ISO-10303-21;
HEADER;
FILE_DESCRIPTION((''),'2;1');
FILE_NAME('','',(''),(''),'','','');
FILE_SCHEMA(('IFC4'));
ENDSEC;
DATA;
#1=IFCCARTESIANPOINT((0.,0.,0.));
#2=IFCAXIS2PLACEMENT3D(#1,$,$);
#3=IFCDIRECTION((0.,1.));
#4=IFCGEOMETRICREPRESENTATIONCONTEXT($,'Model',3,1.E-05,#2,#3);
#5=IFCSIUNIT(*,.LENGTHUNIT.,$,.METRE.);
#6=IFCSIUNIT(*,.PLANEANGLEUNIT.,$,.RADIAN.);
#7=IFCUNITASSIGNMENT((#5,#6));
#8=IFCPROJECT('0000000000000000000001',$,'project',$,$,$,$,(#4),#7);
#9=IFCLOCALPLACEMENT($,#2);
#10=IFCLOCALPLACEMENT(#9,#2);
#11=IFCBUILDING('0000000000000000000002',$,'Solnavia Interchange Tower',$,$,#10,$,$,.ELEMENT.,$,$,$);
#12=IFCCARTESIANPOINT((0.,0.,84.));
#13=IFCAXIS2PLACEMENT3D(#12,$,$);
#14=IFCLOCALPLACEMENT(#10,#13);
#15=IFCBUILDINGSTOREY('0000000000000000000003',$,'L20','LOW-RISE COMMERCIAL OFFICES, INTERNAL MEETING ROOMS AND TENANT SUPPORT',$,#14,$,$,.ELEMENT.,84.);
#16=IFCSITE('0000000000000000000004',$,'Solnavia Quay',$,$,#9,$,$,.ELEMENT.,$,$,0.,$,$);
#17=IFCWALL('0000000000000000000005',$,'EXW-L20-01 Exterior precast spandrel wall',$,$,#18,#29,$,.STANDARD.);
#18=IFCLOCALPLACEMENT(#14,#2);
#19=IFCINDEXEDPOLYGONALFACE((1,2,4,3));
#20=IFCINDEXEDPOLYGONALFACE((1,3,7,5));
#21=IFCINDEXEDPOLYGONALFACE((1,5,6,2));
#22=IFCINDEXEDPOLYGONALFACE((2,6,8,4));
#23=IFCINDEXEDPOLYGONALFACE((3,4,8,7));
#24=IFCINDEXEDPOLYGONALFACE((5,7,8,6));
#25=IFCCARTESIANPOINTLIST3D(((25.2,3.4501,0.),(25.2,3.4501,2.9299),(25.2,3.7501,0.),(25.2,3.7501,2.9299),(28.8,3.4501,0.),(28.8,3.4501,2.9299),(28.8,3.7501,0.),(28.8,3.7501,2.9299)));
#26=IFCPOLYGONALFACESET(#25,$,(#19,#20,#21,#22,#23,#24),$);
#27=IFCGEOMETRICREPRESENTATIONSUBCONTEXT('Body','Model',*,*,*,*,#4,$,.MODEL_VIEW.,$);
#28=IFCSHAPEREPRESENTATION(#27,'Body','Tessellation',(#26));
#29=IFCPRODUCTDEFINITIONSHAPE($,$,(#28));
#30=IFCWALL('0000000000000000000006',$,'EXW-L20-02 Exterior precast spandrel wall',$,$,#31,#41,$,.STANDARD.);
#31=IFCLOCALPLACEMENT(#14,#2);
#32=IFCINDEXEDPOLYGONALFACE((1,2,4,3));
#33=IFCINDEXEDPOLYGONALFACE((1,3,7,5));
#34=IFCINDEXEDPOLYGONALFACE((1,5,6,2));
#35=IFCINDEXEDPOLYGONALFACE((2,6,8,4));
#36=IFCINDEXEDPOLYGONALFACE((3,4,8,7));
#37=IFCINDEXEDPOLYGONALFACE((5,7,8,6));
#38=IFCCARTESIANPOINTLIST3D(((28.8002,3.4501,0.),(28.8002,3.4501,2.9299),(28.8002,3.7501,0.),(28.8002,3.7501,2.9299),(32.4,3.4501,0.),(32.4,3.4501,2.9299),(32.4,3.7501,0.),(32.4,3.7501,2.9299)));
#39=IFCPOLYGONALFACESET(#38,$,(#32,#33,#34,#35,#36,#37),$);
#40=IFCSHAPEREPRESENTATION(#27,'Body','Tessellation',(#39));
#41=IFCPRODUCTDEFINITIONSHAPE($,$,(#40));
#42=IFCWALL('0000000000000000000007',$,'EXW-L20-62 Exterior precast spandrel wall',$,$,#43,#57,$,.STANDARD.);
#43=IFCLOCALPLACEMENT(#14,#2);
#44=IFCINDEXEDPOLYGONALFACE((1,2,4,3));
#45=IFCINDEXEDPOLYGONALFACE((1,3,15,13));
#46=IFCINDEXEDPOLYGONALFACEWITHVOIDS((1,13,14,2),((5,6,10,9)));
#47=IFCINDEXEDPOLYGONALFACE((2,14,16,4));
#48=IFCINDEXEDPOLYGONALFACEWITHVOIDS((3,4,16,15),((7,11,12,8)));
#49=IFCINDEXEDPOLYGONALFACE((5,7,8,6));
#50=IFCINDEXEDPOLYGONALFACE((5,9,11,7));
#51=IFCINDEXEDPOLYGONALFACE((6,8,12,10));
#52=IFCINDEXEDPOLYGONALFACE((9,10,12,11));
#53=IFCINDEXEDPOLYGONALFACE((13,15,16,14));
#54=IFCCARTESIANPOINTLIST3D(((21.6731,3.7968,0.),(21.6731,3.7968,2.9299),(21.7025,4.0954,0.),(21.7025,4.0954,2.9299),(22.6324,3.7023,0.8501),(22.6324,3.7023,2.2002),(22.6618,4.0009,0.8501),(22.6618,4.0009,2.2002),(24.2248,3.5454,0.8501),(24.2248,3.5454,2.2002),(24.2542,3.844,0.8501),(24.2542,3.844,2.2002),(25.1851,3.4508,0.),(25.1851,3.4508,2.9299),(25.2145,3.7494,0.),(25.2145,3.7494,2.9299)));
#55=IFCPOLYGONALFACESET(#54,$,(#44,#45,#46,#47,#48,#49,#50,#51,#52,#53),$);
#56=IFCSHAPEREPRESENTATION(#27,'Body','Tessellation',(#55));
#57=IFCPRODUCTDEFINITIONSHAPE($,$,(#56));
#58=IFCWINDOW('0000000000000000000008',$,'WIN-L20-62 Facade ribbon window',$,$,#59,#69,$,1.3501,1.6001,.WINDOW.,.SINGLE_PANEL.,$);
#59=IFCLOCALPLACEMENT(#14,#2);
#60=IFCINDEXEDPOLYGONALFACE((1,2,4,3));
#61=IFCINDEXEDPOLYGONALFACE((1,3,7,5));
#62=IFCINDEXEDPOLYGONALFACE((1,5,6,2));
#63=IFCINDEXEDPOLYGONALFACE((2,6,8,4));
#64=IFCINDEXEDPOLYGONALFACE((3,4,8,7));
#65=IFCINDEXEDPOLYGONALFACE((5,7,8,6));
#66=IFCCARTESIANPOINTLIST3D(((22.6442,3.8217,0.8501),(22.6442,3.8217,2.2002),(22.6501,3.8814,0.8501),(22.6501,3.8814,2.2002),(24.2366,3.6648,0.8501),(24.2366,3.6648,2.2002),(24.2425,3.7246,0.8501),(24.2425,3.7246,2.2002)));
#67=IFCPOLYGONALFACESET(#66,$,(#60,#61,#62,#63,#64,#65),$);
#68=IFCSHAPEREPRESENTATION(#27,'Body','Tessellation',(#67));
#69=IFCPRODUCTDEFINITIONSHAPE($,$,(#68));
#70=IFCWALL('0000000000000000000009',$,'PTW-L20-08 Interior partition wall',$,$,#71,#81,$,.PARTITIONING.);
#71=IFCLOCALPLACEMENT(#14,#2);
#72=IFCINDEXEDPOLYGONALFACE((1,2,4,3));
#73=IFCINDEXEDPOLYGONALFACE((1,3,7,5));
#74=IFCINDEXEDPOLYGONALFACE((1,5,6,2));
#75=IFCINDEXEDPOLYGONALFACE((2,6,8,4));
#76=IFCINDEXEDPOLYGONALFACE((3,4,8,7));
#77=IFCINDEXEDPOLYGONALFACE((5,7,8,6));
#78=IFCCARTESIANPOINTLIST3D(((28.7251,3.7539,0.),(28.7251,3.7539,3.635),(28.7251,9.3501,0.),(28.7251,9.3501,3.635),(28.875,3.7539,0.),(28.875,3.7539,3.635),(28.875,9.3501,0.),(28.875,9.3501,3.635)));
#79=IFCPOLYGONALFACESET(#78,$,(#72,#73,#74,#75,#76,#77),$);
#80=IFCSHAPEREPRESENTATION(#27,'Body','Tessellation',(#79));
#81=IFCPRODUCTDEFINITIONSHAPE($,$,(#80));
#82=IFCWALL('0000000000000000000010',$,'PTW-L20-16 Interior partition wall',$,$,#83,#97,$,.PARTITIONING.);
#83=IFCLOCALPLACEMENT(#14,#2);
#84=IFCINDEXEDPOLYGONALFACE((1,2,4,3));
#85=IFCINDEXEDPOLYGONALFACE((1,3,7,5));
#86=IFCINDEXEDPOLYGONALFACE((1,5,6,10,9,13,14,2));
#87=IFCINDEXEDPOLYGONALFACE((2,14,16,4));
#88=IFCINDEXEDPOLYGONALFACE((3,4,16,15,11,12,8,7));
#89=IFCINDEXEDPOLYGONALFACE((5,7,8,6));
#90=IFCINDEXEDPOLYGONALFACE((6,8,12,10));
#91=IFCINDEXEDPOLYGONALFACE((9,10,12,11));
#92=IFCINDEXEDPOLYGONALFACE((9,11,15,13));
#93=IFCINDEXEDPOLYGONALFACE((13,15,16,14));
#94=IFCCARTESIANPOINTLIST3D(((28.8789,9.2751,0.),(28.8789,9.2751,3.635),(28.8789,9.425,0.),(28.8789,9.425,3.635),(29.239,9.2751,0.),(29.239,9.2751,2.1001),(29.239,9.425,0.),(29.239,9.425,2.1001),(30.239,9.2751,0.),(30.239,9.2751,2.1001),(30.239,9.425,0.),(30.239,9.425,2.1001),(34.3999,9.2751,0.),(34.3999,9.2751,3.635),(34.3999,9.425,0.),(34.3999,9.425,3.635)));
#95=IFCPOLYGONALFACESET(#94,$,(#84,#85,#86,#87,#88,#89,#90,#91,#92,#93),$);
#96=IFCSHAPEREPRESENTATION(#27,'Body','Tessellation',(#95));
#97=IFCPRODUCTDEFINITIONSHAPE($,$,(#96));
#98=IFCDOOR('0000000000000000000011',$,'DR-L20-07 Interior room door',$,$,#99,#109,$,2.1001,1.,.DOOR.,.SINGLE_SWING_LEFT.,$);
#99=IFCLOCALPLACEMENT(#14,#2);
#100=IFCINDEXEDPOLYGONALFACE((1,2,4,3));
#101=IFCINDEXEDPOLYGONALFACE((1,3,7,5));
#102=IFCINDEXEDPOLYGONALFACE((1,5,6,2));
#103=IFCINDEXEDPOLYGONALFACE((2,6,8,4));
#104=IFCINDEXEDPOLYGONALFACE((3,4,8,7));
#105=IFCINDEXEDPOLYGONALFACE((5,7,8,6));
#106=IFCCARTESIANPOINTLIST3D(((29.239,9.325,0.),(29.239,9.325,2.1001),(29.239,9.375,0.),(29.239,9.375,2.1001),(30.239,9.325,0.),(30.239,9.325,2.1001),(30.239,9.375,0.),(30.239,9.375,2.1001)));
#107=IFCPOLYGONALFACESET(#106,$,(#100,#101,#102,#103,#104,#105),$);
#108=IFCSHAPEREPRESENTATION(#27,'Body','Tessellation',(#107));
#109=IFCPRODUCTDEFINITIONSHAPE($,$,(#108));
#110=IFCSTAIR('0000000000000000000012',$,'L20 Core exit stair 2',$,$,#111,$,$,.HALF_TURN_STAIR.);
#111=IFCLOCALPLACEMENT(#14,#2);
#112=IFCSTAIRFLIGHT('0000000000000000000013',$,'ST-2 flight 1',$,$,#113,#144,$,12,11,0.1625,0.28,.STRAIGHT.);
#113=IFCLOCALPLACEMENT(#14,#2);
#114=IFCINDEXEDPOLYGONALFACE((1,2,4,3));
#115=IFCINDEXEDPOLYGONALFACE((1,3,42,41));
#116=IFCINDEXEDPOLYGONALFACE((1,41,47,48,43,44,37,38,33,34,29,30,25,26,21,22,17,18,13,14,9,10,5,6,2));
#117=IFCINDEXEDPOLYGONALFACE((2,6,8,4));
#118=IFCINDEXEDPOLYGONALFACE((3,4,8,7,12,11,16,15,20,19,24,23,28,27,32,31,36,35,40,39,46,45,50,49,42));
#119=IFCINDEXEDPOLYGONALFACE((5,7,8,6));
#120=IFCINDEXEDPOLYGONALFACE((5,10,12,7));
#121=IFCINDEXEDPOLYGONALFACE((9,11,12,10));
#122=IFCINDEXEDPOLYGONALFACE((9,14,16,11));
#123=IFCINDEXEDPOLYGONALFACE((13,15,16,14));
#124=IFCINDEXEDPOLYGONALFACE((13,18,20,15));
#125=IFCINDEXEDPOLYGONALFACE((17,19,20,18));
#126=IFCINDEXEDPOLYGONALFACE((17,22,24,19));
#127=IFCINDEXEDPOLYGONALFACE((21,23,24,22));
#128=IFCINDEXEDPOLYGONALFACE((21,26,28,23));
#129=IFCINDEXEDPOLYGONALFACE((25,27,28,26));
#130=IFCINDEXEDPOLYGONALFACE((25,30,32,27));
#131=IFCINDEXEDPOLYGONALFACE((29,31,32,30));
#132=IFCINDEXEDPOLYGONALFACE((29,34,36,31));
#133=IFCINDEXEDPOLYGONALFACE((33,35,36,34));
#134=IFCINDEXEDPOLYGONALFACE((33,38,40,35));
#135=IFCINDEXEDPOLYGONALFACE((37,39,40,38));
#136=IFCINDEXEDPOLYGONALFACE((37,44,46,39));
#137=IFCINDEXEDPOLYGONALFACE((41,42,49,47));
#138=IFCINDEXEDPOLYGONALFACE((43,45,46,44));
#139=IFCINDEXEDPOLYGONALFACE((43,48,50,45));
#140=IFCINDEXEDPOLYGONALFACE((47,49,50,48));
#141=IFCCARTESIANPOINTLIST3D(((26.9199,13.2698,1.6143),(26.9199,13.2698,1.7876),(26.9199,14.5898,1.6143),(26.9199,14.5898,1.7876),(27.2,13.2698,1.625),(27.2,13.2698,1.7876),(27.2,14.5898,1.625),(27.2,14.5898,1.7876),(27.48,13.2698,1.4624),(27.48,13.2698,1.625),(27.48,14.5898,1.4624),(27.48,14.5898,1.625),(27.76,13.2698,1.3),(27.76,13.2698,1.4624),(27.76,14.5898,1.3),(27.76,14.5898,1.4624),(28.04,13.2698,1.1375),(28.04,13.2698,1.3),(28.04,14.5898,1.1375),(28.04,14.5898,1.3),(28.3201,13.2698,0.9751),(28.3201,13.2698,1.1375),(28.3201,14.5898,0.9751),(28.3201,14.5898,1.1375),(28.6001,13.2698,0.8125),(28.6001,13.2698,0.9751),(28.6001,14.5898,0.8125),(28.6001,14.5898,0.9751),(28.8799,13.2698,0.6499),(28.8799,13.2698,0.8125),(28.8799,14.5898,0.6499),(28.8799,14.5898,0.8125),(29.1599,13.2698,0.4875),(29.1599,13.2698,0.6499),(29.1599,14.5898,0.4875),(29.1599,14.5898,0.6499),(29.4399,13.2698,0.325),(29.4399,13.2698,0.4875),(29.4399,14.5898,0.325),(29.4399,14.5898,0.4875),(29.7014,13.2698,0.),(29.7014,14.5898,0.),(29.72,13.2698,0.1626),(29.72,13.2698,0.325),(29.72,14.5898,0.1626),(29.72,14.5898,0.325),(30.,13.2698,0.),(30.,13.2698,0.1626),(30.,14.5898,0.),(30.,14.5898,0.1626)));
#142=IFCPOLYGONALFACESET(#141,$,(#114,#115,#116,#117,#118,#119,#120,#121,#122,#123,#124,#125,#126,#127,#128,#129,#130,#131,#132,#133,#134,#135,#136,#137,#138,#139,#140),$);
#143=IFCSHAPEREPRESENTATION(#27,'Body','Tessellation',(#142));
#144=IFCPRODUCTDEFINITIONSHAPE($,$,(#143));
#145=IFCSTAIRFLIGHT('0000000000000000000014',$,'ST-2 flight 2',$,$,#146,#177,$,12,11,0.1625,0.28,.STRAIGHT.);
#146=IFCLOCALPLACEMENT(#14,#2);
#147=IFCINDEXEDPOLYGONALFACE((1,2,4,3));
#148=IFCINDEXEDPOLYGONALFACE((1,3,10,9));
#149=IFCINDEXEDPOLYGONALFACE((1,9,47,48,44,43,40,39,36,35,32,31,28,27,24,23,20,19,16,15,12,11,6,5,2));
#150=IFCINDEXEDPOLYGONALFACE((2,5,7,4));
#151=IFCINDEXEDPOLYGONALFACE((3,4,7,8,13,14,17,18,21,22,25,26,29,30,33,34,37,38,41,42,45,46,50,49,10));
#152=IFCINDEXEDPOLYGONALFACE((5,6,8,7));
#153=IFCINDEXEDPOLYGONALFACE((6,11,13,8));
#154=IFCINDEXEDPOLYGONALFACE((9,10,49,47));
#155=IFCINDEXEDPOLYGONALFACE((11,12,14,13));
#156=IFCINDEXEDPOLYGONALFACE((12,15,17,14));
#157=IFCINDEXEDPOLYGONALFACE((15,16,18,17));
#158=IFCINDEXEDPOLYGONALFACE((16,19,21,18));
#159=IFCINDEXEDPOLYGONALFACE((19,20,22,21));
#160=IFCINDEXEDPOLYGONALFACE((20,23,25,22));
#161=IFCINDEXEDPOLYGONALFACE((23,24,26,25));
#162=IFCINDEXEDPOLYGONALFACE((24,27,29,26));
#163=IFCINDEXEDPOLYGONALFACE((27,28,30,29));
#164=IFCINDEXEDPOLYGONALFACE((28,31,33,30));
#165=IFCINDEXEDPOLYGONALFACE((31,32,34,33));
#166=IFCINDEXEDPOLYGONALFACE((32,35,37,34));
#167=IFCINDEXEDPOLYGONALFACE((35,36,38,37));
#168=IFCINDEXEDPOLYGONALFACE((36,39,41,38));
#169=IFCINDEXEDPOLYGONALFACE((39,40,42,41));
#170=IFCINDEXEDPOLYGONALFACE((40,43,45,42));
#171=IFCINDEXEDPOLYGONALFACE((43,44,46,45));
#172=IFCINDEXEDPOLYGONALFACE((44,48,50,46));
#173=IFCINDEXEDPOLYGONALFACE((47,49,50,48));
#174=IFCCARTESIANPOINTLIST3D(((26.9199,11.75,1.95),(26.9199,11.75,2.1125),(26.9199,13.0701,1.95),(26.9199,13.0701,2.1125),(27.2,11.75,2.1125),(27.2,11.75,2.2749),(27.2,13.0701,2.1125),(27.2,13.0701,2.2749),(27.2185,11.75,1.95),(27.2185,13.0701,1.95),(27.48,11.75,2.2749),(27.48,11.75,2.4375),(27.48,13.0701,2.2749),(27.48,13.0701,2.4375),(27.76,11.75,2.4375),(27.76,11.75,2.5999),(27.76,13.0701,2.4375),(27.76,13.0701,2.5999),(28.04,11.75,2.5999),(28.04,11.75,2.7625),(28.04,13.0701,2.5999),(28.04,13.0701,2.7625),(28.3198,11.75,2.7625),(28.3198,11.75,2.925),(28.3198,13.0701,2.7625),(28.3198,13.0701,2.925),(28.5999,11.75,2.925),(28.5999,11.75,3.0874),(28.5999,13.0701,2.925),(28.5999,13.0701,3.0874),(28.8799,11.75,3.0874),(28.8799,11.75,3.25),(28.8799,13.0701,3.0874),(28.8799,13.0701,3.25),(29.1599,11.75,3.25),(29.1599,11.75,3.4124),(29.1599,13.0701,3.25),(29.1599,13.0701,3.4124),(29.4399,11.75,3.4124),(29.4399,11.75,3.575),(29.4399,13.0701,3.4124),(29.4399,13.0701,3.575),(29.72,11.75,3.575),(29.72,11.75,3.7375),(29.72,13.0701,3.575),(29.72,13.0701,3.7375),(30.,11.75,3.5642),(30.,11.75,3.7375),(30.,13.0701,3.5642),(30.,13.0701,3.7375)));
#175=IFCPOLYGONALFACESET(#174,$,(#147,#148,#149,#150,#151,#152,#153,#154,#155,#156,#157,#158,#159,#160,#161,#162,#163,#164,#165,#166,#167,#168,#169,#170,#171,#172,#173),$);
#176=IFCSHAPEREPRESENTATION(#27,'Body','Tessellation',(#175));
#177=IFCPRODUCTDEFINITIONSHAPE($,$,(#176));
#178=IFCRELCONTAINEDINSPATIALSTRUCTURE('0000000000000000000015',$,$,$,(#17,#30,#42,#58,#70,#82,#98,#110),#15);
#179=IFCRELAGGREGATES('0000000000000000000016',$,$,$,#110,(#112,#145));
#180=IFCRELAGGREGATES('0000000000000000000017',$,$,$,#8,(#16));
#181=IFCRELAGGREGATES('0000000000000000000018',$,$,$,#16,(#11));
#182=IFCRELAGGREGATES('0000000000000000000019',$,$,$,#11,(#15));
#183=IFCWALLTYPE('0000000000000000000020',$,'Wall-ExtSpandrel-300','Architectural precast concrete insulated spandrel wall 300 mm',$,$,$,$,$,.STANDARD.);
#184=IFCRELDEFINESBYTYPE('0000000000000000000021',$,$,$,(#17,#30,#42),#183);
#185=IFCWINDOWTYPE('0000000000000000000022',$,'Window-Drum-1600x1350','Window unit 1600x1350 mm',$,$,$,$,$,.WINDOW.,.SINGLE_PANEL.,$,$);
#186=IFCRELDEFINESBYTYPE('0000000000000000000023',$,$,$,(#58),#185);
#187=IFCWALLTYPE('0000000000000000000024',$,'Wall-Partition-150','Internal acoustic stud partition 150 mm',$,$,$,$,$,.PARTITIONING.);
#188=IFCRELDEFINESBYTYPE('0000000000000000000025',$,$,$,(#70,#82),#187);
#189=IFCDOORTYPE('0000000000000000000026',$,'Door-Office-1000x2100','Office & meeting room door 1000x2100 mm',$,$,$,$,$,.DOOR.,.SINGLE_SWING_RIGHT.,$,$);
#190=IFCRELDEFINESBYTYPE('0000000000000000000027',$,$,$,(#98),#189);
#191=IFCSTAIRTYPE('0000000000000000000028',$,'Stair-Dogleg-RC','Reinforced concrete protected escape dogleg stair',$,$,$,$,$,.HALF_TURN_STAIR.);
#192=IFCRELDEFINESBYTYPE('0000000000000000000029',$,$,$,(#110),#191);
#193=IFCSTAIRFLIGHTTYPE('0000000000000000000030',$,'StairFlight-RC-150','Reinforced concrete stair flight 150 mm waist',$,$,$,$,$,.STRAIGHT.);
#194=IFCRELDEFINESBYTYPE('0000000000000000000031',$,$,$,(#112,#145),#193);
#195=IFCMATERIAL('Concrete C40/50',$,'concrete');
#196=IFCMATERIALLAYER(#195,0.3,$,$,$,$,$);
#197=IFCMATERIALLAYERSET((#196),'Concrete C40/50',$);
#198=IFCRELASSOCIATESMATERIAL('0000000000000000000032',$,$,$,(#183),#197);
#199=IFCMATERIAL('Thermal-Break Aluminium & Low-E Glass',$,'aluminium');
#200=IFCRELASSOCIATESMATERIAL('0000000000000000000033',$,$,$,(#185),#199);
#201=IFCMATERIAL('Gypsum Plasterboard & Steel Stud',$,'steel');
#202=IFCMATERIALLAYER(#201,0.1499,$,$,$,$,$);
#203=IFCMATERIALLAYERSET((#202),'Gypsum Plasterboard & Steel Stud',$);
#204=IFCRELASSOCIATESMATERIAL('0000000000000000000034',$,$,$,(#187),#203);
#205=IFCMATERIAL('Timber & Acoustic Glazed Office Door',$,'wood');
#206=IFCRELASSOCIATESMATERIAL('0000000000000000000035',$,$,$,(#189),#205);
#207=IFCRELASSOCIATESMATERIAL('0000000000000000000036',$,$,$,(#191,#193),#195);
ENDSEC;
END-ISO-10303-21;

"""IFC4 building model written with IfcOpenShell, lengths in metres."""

from ifc_helpers import new_model, si_unit, direction, frame, frame_2d, origin, place, context, subcontext, project, spatial, polyline, rectangle, outline, extrude, material, layer, layer_set, type_object, element, fill, aggregate, save


model = new_model("IFC4")

# Units and contexts
model_context = context("Model", 3, precision=1e-05, world=origin(), true_north=direction((0.0, 1.0)))
body_context = subcontext(model_context, "Body", "Model", "MODEL_VIEW")
ifc_project = project(units=[si_unit("LENGTHUNIT", "METRE"), si_unit("PLANEANGLEUNIT", "RADIAN")], contexts=[model_context])

# Site, building, storey
site_placement = place(None, origin())
site = spatial("IfcSite", under=ifc_project, at=site_placement, Name="Solnavia Quay", CompositionType="ELEMENT", RefElevation=0.0)
building_placement = place(site_placement, origin())
building = spatial("IfcBuilding", under=site, at=building_placement, Name="Solnavia Interchange Tower", CompositionType="ELEMENT")
storey_placement = place(building_placement, frame((0.0, 0.0, 84.0)))
storey = spatial("IfcBuildingStorey", under=building, at=storey_placement, Name="L20", Description="LOW-RISE COMMERCIAL OFFICES, INTERNAL MEETING ROOMS AND TENANT SUPPORT", CompositionType="ELEMENT", Elevation=84.0)

# Walls
ifc_material_1 = material(Name="Concrete C40/50", Category="concrete")
ifc_layer_1 = layer(ifc_material_1, 0.3)
ifc_layer_set_1 = layer_set([ifc_layer_1], Name="Concrete C40/50")
wall_type_1 = type_object("IfcWallType", Name="Wall-ExtSpandrel-300", Description="Architectural precast concrete insulated spandrel wall 300 mm", PredefinedType="STANDARD", material=ifc_layer_set_1)
wall_1_placement = place(storey_placement, frame((28.8, 3.6001, 0.0), z_axis=(0.0, 0.0, 1.0), x_axis=(-1.0, 0.0, 0.0)))
element("IfcWall", 1, at=wall_1_placement, inside=storey, type_object=wall_type_1, Name="EXW-L20-01 Exterior precast spandrel wall", PredefinedType="STANDARD", context=body_context, shape_type="SweptSolid", body=[
    extrude(rectangle(XDim=3.6001, YDim=0.3, at=frame_2d((1.8, 0.0))), origin(), (0.0, 0.0, 1.0), 2.9299),
])
wall_2_placement = place(storey_placement, frame((32.3999, 3.6001, 0.0), z_axis=(0.0, 0.0, 1.0), x_axis=(-1.0, 0.0, 0.0)))
element("IfcWall", 2, at=wall_2_placement, inside=storey, type_object=wall_type_1, Name="EXW-L20-02 Exterior precast spandrel wall", PredefinedType="STANDARD", context=body_context, shape_type="SweptSolid", body=[
    extrude(rectangle(XDim=3.5999, YDim=0.3, at=frame_2d((1.7998, 0.0))), origin(), (0.0, 0.0, 1.0), 2.9299),
])

# Wall, opening, window
wall_3_placement = place(storey_placement, frame((25.2, 3.6001, 0.0), z_axis=(0.0, 0.0, 1.0), x_axis=(-0.995183, 0.098031, 0.0)))
wall_3 = element("IfcWall", 3, at=wall_3_placement, inside=storey, type_object=wall_type_1, Name="EXW-L20-62 Exterior precast spandrel wall", PredefinedType="STANDARD", context=body_context, shape_type="SweptSolid", body=[
    extrude(rectangle(XDim=3.5291, YDim=0.3, at=frame_2d((1.7646, 0.0))), origin(), (0.0, 0.0, 1.0), 2.9299),
])
opening_1_placement = place(wall_3_placement, frame((0.9651, 0.0, 0.8501)))
opening_1 = element("IfcOpeningElement", 4, at=opening_1_placement, cuts=wall_3, PredefinedType="OPENING", context=body_context, shape_type="SweptSolid", body=[
    extrude(rectangle(XDim=1.6001, YDim=1.3501, at=frame_2d((0.8, 0.675))), frame((0.0, 0.1602, 0.0), z_axis=(0.0, -1.0, 0.0), x_axis=(1.0, 0.0, 0.0)), (0.0, 0.0, 1.0), 0.3201),
])
ifc_material_2 = material(Name="Thermal-Break Aluminium & Low-E Glass", Category="aluminium")
window_type = type_object("IfcWindowType", Name="Window-Drum-1600x1350", Description="Window unit 1600x1350 mm", PartitioningType="SINGLE_PANEL", PredefinedType="WINDOW", material=ifc_material_2)
window_placement = place(opening_1_placement, origin())
window = element("IfcWindow", 5, at=window_placement, inside=storey, type_object=window_type, Name="WIN-L20-62 Facade ribbon window", OverallHeight=1.3501, OverallWidth=1.6001, PartitioningType="SINGLE_PANEL", PredefinedType="WINDOW", context=body_context, shape_type="SweptSolid", body=[
    extrude(rectangle(XDim=1.6001, YDim=1.3501, at=frame_2d((0.8, 0.675))), frame((0.0, 0.03, 0.0), z_axis=(0.0, -1.0, 0.0), x_axis=(1.0, 0.0, 0.0)), (0.0, 0.0, 1.0), 0.0601),
])
fill(opening_1, window)

# Wall
ifc_material_3 = material(Name="Gypsum Plasterboard & Steel Stud", Category="steel")
ifc_layer_2 = layer(ifc_material_3, 0.1499)
ifc_layer_set_2 = layer_set([ifc_layer_2], Name="Gypsum Plasterboard & Steel Stud")
wall_type_2 = type_object("IfcWallType", Name="Wall-Partition-150", Description="Internal acoustic stud partition 150 mm", PredefinedType="PARTITIONING", material=ifc_layer_set_2)
wall_4_placement = place(storey_placement, frame((28.8, 9.3501, 0.0), z_axis=(0.0, 0.0, 1.0), x_axis=(0.0, -1.0, 0.0)))
element("IfcWall", 6, at=wall_4_placement, inside=storey, type_object=wall_type_2, Name="PTW-L20-08 Interior partition wall", PredefinedType="PARTITIONING", context=body_context, shape_type="SweptSolid", body=[
    extrude(rectangle(XDim=5.5962, YDim=0.1499, at=frame_2d((2.7981, 0.0))), origin(), (0.0, 0.0, 1.0), 3.635),
])

# Wall, opening, door
wall_5_placement = place(storey_placement, frame((28.8789, 9.3501, 0.0), z_axis=(0.0, 0.0, 1.0), x_axis=(1.0, 0.0, 0.0)))
wall_5 = element("IfcWall", 7, at=wall_5_placement, inside=storey, type_object=wall_type_2, Name="PTW-L20-16 Interior partition wall", PredefinedType="PARTITIONING", context=body_context, shape_type="SweptSolid", body=[
    extrude(rectangle(XDim=5.521, YDim=0.1499, at=frame_2d((2.7605, 0.0))), origin(), (0.0, 0.0, 1.0), 3.635),
])
opening_2_placement = place(wall_5_placement, frame((0.3601, 0.0, 0.0)))
opening_2 = element("IfcOpeningElement", 8, at=opening_2_placement, cuts=wall_5, PredefinedType="OPENING", context=body_context, shape_type="SweptSolid", body=[
    extrude(rectangle(XDim=1.0, YDim=2.1001, at=frame_2d((0.5, 1.05))), frame((0.0, 0.085, 0.0), z_axis=(0.0, -1.0, 0.0), x_axis=(1.0, 0.0, 0.0)), (0.0, 0.0, 1.0), 0.1699),
])
ifc_material_4 = material(Name="Timber & Acoustic Glazed Office Door", Category="wood")
door_type = type_object("IfcDoorType", Name="Door-Office-1000x2100", Description="Office & meeting room door 1000x2100 mm", OperationType="SINGLE_SWING_RIGHT", PredefinedType="DOOR", material=ifc_material_4)
door_placement = place(opening_2_placement, origin())
door = element("IfcDoor", 9, at=door_placement, inside=storey, type_object=door_type, Name="DR-L20-07 Interior room door", OperationType="SINGLE_SWING_LEFT", OverallHeight=2.1001, OverallWidth=1.0, PredefinedType="DOOR", context=body_context, shape_type="SweptSolid", body=[
    extrude(rectangle(XDim=1.0, YDim=2.1001, at=frame_2d((0.5, 1.05))), frame((0.0, 0.0249, 0.0), z_axis=(0.0, -1.0, 0.0), x_axis=(1.0, 0.0, 0.0)), (0.0, 0.0, 1.0), 0.05),
])
fill(opening_2, door)

# Stair, stair flights
stair_type = type_object("IfcStairType", Name="Stair-Dogleg-RC", Description="Reinforced concrete protected escape dogleg stair", PredefinedType="HALF_TURN_STAIR", material=ifc_material_1)
stair_placement = place(storey_placement, origin())
stair = element("IfcStair", 10, at=stair_placement, inside=storey, type_object=stair_type, Name="L20 Core exit stair 2", PredefinedType="HALF_TURN_STAIR")
stair_flight_type = type_object("IfcStairFlightType", Name="StairFlight-RC-150", Description="Reinforced concrete stair flight 150 mm waist", PredefinedType="STRAIGHT", material=ifc_material_1)
stair_flight_1_placement = place(storey_placement, frame((30.0, 13.9299, 0.0), z_axis=(0.0, 0.0, 1.0), x_axis=(-1.0, 0.0, 0.0)))
stair_flight_1 = element("IfcStairFlight", 11, at=stair_flight_1_placement, type_object=stair_flight_type, Name="ST-2 flight 1", NumberOfRisers=12, NumberOfTreads=11, PredefinedType="STRAIGHT", RiserHeight=0.1625, TreadLength=0.28, context=body_context, shape_type="SweptSolid", body=[
    extrude(outline(polyline([(0.0, 0.0), (0.0, 0.1626), (0.28, 0.1626), (0.28, 0.325), (0.5601, 0.325), (0.5601, 0.4875), (0.8401, 0.4875), (0.8401, 0.6499), (1.1201, 0.6499), (1.1201, 0.8125), (1.3999, 0.8125), (1.3999, 0.9751), (1.6799, 0.9751), (1.6799, 1.1375), (1.96, 1.1375), (1.96, 1.3), (2.24, 1.3), (2.24, 1.4624), (2.52, 1.4624), (2.52, 1.625), (2.8, 1.625), (2.8, 1.7876), (3.0801, 1.7876), (3.0801, 1.95), (3.0801, 1.6143), (0.2986, 0.0), (0.0, 0.0)])), frame((0.0, 0.6602, 0.0), z_axis=(0.0, -1.0, 0.0), x_axis=(1.0, 0.0, 0.0)), (0.0, 0.0, 1.0), 1.3201),
])
stair_flight_2_placement = place(storey_placement, frame((26.9199, 12.4099, 1.95), z_axis=(0.0, 0.0, 1.0), x_axis=(1.0, 0.0, 0.0)))
stair_flight_2 = element("IfcStairFlight", 12, at=stair_flight_2_placement, type_object=stair_flight_type, Name="ST-2 flight 2", NumberOfRisers=12, NumberOfTreads=11, PredefinedType="STRAIGHT", RiserHeight=0.1625, TreadLength=0.28, context=body_context, shape_type="SweptSolid", body=[
    extrude(outline(polyline([(0.0, 0.0), (0.0, 0.1626), (0.28, 0.1626), (0.28, 0.325), (0.5601, 0.325), (0.5601, 0.4875), (0.8401, 0.4875), (0.8401, 0.6499), (1.1201, 0.6499), (1.1201, 0.8125), (1.3999, 0.8125), (1.3999, 0.9751), (1.6799, 0.9751), (1.6799, 1.1375), (1.96, 1.1375), (1.96, 1.3), (2.24, 1.3), (2.24, 1.4624), (2.52, 1.4624), (2.52, 1.625), (2.8, 1.625), (2.8, 1.7876), (3.0801, 1.7876), (3.0801, 1.95), (3.0801, 1.6143), (0.2986, 0.0), (0.0, 0.0)])), frame((0.0, 0.6602, 0.0), z_axis=(0.0, -1.0, 0.0), x_axis=(1.0, 0.0, 0.0)), (0.0, 0.0, 1.0), 1.3201),
])
aggregate(stair, [stair_flight_1, stair_flight_2])

save(model, "model.ifc")
